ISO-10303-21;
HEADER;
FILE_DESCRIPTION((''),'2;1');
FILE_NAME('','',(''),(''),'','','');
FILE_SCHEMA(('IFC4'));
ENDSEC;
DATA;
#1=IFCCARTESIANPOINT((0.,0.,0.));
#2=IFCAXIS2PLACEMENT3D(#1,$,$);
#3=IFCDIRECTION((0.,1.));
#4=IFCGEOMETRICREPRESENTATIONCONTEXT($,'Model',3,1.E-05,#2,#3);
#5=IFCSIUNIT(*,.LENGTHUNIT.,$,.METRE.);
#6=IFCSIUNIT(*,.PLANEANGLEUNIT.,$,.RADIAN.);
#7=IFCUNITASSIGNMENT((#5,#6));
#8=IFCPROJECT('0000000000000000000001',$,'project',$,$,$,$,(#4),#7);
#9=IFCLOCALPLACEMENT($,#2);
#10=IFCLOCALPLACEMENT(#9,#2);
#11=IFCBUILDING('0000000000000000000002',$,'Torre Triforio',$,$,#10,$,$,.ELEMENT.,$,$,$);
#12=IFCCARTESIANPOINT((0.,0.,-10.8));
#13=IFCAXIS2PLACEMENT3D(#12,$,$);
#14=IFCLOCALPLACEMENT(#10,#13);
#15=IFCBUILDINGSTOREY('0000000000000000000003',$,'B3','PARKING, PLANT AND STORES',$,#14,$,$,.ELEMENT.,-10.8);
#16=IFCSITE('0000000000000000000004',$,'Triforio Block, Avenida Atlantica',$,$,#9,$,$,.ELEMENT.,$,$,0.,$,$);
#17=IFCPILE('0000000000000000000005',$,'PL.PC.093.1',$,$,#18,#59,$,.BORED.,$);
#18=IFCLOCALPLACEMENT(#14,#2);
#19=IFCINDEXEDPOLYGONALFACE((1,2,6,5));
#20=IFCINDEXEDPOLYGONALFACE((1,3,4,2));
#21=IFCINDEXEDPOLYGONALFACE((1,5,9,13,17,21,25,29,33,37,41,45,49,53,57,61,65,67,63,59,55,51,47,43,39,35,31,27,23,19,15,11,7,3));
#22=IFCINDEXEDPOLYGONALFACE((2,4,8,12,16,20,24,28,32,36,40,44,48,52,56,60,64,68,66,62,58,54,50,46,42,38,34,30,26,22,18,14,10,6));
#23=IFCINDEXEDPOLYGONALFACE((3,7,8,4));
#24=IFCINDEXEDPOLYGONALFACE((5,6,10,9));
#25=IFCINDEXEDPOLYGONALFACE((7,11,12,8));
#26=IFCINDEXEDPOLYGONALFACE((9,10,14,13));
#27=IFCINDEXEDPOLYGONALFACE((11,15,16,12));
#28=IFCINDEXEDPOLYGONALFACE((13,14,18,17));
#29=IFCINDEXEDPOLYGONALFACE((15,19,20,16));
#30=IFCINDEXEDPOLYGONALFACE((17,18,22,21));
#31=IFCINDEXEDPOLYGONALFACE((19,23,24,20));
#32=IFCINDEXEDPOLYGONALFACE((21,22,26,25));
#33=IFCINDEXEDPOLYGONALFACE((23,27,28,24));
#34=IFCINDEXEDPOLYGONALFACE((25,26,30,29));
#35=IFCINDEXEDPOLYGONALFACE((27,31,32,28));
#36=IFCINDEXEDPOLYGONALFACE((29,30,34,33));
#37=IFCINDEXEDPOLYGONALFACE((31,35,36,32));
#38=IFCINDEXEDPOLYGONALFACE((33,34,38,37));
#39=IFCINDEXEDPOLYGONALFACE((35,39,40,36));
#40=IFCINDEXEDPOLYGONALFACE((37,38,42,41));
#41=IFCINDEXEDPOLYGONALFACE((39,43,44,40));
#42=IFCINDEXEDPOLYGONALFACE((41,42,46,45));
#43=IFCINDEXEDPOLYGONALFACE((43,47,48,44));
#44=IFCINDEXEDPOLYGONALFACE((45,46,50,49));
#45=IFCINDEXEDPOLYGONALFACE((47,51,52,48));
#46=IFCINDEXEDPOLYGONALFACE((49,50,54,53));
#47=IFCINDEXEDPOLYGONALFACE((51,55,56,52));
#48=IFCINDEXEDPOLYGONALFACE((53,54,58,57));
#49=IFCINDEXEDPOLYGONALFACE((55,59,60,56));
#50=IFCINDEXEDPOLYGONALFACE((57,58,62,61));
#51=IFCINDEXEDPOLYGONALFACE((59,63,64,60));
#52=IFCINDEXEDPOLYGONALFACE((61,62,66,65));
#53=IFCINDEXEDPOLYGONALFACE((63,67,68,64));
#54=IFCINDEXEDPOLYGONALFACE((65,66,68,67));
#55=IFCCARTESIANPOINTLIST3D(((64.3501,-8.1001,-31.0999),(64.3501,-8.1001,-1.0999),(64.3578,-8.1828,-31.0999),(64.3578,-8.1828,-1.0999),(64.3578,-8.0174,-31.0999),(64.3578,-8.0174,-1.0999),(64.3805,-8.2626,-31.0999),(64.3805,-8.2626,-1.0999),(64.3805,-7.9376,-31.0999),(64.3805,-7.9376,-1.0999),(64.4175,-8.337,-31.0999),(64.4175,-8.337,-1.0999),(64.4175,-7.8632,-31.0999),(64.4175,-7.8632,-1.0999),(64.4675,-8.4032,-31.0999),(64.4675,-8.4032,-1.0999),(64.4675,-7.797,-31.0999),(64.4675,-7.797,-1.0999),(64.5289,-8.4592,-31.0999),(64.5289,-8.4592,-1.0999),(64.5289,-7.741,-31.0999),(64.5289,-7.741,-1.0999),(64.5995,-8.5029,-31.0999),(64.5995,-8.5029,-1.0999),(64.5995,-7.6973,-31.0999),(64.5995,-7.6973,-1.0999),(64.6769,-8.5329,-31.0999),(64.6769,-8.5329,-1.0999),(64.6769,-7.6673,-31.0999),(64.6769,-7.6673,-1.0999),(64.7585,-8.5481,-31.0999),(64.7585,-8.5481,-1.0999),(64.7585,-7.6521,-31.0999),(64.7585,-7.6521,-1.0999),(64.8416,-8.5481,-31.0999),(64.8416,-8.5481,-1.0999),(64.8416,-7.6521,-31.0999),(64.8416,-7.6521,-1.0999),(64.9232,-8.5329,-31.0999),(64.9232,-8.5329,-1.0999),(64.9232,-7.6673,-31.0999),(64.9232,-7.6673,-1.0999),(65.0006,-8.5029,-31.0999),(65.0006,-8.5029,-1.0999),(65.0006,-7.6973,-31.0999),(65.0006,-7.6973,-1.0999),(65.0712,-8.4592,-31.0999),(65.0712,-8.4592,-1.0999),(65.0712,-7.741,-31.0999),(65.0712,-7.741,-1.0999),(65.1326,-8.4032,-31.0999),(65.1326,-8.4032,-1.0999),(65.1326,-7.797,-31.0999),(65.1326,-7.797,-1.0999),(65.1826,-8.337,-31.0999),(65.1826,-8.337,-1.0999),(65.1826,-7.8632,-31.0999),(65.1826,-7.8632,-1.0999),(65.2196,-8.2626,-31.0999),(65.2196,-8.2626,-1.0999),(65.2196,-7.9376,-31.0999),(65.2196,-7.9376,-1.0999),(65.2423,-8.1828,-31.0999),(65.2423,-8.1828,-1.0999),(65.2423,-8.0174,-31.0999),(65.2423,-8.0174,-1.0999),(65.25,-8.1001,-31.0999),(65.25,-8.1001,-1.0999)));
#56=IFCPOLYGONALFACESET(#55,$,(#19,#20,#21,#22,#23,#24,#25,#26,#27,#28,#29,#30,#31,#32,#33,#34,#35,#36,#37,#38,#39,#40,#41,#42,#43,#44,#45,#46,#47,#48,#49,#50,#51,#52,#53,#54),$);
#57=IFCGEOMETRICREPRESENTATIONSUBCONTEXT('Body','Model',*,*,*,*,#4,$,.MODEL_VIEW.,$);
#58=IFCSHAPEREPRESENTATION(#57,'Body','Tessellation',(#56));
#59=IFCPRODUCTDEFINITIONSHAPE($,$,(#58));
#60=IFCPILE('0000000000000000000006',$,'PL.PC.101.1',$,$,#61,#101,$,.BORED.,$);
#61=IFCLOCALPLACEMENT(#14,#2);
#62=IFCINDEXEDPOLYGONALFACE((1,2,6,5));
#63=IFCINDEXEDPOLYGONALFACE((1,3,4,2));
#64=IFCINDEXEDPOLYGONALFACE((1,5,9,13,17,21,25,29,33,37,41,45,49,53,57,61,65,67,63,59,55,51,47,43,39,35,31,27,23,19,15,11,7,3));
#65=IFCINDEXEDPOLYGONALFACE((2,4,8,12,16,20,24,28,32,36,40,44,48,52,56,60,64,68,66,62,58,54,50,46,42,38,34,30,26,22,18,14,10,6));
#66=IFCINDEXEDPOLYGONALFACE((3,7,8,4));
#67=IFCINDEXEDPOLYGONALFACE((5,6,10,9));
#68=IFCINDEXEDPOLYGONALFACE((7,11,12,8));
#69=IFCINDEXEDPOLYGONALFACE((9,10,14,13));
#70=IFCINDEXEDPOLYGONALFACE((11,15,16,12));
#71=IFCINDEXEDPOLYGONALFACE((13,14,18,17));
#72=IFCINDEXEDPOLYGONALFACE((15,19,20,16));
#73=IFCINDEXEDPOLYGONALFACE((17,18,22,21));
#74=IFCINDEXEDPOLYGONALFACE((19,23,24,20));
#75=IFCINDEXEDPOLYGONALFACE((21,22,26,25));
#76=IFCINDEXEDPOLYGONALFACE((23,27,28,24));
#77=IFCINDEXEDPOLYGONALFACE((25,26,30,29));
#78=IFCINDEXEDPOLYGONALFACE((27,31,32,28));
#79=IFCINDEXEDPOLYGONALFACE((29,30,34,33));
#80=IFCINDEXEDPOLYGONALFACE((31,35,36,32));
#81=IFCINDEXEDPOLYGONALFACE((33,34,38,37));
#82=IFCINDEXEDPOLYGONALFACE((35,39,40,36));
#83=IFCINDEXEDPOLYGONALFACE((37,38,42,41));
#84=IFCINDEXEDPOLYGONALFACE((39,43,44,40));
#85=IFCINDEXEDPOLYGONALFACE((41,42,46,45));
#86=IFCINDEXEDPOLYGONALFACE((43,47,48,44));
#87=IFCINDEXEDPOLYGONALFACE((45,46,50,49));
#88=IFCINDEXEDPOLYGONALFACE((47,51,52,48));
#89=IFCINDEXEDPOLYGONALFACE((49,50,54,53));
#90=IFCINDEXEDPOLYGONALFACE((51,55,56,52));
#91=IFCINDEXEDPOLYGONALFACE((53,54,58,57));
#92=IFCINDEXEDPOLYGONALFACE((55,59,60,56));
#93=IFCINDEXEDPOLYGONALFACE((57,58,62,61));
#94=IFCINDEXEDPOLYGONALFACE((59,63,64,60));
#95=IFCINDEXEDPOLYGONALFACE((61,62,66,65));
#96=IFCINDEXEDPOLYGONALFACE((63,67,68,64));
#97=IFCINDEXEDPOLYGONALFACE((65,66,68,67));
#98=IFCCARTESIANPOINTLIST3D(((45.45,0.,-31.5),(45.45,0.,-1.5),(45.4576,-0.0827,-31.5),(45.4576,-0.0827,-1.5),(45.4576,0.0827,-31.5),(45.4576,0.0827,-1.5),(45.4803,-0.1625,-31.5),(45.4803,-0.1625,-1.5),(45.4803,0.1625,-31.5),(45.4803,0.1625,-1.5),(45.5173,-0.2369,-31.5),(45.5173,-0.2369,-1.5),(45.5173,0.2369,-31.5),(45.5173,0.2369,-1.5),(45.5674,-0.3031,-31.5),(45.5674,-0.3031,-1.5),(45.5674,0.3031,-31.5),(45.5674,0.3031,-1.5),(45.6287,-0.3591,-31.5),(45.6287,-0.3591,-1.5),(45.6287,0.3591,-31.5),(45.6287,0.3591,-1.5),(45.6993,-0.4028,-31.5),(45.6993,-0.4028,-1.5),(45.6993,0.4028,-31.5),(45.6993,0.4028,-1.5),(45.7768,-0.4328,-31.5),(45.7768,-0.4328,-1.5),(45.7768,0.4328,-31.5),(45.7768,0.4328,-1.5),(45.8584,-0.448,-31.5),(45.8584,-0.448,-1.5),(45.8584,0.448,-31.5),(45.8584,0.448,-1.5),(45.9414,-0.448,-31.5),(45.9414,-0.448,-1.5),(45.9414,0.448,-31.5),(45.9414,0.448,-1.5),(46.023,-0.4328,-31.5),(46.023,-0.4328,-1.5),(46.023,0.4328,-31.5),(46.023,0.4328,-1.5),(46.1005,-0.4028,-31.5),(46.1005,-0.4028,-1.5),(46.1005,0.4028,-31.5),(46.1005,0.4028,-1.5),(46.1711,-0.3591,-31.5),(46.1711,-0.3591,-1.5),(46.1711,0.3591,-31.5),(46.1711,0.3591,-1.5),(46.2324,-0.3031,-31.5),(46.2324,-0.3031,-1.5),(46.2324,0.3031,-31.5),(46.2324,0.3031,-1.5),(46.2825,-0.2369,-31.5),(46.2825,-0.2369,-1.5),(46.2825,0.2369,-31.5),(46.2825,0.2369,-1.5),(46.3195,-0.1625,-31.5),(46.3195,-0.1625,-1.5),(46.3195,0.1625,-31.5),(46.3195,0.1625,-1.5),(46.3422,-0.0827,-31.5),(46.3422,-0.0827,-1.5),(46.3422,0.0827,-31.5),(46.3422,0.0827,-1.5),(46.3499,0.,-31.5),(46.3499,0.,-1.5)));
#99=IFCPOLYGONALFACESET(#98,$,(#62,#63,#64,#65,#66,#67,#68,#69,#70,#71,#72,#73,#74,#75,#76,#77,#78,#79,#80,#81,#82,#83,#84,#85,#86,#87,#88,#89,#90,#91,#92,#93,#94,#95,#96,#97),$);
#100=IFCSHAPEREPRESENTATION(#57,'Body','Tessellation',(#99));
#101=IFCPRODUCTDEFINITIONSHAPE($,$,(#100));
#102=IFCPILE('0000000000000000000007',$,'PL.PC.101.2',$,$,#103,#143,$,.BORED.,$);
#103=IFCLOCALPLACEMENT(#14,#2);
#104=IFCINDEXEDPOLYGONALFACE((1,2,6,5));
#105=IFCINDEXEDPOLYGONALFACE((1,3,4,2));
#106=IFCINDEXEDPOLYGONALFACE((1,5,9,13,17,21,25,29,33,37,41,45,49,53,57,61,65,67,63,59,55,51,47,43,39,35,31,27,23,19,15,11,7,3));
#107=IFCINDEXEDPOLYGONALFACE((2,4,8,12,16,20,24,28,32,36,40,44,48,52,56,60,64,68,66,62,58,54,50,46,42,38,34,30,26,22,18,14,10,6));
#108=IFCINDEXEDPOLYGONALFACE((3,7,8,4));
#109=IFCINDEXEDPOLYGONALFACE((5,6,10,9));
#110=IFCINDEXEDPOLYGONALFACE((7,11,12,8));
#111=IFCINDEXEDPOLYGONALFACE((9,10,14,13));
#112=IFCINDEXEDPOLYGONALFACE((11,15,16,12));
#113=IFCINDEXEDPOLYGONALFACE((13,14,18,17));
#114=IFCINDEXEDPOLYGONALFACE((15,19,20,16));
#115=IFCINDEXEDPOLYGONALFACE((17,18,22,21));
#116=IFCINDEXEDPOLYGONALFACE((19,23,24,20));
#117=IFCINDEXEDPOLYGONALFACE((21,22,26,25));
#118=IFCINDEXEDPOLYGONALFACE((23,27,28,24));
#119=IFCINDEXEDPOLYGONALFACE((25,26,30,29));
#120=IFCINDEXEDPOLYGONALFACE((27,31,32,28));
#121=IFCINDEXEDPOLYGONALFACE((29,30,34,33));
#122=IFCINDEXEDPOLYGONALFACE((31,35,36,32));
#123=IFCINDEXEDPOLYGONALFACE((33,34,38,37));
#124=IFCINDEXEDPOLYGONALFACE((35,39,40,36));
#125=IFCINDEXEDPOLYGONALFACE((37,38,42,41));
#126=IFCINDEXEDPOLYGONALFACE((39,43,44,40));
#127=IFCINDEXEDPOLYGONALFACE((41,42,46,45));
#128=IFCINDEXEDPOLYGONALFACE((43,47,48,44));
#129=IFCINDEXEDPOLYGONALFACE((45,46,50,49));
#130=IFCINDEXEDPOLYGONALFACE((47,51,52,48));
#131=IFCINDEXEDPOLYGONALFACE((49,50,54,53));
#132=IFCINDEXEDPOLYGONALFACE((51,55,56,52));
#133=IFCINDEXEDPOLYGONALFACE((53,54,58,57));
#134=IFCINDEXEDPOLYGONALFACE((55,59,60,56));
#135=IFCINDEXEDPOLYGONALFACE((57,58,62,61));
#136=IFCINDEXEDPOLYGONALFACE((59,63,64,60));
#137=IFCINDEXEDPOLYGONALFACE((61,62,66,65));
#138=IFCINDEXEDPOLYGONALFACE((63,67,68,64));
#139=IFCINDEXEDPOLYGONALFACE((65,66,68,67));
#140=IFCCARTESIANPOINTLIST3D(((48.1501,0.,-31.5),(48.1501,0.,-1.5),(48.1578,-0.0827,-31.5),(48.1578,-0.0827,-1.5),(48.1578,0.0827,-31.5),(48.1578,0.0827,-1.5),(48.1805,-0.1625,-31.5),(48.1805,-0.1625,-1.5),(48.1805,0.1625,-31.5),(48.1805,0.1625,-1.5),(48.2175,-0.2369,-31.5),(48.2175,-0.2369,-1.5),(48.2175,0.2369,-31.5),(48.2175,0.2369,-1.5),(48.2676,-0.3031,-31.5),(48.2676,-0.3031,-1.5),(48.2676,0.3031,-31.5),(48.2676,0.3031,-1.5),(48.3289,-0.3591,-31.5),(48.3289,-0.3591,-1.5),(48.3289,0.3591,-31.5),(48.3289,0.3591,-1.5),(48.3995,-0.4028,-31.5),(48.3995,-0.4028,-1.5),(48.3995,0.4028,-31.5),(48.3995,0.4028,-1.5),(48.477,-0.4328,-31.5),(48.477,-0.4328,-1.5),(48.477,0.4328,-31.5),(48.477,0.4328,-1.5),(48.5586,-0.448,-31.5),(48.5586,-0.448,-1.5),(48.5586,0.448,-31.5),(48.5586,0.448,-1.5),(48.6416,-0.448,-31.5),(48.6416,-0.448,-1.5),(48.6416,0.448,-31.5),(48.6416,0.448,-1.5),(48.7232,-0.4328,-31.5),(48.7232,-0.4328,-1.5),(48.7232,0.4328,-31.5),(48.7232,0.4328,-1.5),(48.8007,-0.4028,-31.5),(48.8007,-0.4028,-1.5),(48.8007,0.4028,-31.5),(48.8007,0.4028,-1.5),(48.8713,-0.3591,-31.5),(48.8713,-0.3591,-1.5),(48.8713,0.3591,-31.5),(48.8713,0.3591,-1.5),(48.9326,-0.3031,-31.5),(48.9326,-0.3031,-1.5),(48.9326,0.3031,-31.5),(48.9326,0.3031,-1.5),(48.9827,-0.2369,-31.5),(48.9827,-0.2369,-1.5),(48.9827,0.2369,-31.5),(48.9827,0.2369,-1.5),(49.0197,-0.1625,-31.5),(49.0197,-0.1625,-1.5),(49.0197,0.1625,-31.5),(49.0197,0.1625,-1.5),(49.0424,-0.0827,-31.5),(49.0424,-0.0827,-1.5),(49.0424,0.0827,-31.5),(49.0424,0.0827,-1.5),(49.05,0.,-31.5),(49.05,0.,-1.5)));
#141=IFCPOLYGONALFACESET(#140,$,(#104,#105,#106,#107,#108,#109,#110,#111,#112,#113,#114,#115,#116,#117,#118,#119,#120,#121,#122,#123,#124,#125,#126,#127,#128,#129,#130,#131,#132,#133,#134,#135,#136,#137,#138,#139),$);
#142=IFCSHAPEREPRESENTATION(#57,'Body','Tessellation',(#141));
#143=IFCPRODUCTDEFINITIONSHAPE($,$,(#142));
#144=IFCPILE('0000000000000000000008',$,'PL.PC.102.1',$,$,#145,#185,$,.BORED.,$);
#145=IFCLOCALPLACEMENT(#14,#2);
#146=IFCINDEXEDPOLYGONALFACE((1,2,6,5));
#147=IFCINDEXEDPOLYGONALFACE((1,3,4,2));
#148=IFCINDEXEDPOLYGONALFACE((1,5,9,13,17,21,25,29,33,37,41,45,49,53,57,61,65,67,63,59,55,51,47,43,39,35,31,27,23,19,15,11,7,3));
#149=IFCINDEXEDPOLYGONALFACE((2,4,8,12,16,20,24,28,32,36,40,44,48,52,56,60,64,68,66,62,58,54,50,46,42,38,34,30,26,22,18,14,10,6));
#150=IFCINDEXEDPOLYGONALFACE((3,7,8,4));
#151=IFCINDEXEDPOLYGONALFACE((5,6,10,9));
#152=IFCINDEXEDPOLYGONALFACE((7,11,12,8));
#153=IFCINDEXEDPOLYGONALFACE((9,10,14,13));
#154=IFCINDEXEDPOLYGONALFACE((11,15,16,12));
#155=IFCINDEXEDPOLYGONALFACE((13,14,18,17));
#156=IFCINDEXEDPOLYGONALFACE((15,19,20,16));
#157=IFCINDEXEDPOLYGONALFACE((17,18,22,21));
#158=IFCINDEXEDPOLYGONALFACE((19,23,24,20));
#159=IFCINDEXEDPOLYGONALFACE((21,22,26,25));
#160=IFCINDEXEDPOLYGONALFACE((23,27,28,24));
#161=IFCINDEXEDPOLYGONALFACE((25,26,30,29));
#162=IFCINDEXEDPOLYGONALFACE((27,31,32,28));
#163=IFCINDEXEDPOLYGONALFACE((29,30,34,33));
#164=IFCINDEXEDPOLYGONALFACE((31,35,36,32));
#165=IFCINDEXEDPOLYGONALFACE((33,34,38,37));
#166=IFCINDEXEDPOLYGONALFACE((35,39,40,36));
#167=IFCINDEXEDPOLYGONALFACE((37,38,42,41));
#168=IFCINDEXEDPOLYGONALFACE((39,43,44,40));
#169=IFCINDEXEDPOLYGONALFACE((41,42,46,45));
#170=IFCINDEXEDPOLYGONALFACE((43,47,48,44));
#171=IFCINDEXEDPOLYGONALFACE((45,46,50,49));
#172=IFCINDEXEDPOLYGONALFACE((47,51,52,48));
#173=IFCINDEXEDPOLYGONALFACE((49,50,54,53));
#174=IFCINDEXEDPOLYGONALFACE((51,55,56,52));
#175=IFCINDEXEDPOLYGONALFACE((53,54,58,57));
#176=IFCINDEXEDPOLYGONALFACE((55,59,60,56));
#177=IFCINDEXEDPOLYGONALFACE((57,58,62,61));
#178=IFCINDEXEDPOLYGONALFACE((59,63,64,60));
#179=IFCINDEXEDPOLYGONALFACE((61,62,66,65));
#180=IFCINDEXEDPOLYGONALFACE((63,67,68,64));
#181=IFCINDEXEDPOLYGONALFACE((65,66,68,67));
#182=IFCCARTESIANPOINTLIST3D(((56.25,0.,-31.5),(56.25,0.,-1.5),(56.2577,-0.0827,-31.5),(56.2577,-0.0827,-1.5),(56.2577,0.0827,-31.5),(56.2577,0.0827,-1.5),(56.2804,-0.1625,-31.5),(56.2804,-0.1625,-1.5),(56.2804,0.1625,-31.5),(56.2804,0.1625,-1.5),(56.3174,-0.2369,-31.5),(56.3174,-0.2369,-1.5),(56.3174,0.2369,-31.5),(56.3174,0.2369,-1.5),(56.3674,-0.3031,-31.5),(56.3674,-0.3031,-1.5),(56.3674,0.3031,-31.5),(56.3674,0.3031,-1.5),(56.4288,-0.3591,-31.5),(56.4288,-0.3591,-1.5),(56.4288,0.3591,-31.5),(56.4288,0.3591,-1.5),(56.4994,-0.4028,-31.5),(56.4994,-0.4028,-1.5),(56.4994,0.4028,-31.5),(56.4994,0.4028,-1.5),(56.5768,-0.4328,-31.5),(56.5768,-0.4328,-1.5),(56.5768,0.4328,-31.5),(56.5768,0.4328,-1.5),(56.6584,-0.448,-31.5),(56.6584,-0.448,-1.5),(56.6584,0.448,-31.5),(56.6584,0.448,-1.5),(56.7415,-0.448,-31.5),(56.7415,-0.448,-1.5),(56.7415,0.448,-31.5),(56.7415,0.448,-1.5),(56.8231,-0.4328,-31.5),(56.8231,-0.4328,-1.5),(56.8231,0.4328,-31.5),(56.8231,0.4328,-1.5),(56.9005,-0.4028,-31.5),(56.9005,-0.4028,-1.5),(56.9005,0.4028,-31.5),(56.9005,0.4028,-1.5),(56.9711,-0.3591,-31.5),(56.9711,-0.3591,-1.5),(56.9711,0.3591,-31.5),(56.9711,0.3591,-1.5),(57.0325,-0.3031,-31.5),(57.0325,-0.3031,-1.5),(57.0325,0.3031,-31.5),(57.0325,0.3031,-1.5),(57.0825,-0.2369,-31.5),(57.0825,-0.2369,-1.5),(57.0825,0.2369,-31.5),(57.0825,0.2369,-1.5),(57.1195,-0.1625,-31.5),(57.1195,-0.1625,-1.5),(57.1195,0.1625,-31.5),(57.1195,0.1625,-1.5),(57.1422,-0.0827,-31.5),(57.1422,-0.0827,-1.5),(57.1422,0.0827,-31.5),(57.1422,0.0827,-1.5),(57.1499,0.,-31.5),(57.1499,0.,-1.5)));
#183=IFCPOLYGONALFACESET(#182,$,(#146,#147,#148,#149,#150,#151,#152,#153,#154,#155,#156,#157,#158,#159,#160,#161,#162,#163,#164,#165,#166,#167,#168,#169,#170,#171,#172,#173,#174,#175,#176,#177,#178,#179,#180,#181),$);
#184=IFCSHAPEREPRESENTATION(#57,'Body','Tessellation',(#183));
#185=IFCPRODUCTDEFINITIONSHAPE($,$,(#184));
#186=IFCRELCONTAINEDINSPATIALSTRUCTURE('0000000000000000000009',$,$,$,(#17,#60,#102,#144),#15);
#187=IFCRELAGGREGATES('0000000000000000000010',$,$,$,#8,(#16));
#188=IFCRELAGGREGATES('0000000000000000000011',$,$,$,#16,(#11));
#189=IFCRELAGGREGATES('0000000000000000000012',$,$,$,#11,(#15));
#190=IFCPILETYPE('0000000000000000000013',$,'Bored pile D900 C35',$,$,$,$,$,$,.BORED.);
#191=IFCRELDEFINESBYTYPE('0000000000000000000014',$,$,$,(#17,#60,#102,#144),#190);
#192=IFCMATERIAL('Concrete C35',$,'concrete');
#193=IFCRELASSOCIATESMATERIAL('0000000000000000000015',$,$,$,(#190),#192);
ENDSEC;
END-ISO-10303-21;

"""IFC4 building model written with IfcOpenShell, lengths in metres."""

from ifc_helpers import new_model, si_unit, direction, frame, origin, origin_2d, place, context, subcontext, project, spatial, circle, extrude, material, material_profile, profile_set, type_object, element, save


model = new_model("IFC4")

# Units and contexts
model_context = context("Model", 3, precision=1e-05, world=origin(), true_north=direction((0.0, 1.0)))
body_context = subcontext(model_context, "Body", "Model", "MODEL_VIEW")
ifc_project = project(units=[si_unit("LENGTHUNIT", "METRE"), si_unit("PLANEANGLEUNIT", "RADIAN")], contexts=[model_context])

# Site, building, storey
site_placement = place(None, origin())
site = spatial("IfcSite", under=ifc_project, at=site_placement, Name="Triforio Block, Avenida Atlantica", CompositionType="ELEMENT", RefElevation=0.0)
building_placement = place(site_placement, origin())
building = spatial("IfcBuilding", under=site, at=building_placement, Name="Torre Triforio", CompositionType="ELEMENT")
storey_placement = place(building_placement, frame((0.0, 0.0, -10.8)))
storey = spatial("IfcBuildingStorey", under=building, at=storey_placement, Name="B3", Description="PARKING, PLANT AND STORES", CompositionType="ELEMENT", Elevation=-10.8)

# Piles
ifc_material_1 = material(Name="Concrete C35", Category="concrete")
ifc_material_profile_1 = material_profile(ifc_material_1, circle(Radius=0.45, at=origin_2d()), Name="RC D900")
ifc_profile_set_1 = profile_set([ifc_material_profile_1], Name="Concrete C35")
pile_type = type_object("IfcPileType", Name="Bored pile D900 C35", PredefinedType="BORED", material=ifc_profile_set_1)
for number, where, z_axis, x_axis, name in (
    (1, (64.8, -8.1001, -1.0999), (0.0, 0.0, -1.0), (1.0, 0.0, 0.0), "PL.PC.093.1"),
    (2, (45.8999, 0.0, -1.5), (0.0, 0.0, -1.0), (1.0, 0.0, 0.0), "PL.PC.101.1"),
    (3, (48.6001, 0.0, -1.5), (0.0, 0.0, -1.0), (1.0, 0.0, 0.0), "PL.PC.101.2"),
    (4, (56.7, 0.0, -1.5), (0.0, 0.0, -1.0), (1.0, 0.0, 0.0), "PL.PC.102.1"),
):
    element("IfcPile", number, at=place(storey_placement, frame(where, z_axis=z_axis, x_axis=x_axis)), inside=storey, type_object=pile_type, Name=name, PredefinedType="BORED", context=body_context, shape_type="SweptSolid", body=[
        extrude(circle(Radius=0.45, at=origin_2d()), origin(), (0.0, 0.0, 1.0), 30.0),
    ])

save(model, "model.ifc")
